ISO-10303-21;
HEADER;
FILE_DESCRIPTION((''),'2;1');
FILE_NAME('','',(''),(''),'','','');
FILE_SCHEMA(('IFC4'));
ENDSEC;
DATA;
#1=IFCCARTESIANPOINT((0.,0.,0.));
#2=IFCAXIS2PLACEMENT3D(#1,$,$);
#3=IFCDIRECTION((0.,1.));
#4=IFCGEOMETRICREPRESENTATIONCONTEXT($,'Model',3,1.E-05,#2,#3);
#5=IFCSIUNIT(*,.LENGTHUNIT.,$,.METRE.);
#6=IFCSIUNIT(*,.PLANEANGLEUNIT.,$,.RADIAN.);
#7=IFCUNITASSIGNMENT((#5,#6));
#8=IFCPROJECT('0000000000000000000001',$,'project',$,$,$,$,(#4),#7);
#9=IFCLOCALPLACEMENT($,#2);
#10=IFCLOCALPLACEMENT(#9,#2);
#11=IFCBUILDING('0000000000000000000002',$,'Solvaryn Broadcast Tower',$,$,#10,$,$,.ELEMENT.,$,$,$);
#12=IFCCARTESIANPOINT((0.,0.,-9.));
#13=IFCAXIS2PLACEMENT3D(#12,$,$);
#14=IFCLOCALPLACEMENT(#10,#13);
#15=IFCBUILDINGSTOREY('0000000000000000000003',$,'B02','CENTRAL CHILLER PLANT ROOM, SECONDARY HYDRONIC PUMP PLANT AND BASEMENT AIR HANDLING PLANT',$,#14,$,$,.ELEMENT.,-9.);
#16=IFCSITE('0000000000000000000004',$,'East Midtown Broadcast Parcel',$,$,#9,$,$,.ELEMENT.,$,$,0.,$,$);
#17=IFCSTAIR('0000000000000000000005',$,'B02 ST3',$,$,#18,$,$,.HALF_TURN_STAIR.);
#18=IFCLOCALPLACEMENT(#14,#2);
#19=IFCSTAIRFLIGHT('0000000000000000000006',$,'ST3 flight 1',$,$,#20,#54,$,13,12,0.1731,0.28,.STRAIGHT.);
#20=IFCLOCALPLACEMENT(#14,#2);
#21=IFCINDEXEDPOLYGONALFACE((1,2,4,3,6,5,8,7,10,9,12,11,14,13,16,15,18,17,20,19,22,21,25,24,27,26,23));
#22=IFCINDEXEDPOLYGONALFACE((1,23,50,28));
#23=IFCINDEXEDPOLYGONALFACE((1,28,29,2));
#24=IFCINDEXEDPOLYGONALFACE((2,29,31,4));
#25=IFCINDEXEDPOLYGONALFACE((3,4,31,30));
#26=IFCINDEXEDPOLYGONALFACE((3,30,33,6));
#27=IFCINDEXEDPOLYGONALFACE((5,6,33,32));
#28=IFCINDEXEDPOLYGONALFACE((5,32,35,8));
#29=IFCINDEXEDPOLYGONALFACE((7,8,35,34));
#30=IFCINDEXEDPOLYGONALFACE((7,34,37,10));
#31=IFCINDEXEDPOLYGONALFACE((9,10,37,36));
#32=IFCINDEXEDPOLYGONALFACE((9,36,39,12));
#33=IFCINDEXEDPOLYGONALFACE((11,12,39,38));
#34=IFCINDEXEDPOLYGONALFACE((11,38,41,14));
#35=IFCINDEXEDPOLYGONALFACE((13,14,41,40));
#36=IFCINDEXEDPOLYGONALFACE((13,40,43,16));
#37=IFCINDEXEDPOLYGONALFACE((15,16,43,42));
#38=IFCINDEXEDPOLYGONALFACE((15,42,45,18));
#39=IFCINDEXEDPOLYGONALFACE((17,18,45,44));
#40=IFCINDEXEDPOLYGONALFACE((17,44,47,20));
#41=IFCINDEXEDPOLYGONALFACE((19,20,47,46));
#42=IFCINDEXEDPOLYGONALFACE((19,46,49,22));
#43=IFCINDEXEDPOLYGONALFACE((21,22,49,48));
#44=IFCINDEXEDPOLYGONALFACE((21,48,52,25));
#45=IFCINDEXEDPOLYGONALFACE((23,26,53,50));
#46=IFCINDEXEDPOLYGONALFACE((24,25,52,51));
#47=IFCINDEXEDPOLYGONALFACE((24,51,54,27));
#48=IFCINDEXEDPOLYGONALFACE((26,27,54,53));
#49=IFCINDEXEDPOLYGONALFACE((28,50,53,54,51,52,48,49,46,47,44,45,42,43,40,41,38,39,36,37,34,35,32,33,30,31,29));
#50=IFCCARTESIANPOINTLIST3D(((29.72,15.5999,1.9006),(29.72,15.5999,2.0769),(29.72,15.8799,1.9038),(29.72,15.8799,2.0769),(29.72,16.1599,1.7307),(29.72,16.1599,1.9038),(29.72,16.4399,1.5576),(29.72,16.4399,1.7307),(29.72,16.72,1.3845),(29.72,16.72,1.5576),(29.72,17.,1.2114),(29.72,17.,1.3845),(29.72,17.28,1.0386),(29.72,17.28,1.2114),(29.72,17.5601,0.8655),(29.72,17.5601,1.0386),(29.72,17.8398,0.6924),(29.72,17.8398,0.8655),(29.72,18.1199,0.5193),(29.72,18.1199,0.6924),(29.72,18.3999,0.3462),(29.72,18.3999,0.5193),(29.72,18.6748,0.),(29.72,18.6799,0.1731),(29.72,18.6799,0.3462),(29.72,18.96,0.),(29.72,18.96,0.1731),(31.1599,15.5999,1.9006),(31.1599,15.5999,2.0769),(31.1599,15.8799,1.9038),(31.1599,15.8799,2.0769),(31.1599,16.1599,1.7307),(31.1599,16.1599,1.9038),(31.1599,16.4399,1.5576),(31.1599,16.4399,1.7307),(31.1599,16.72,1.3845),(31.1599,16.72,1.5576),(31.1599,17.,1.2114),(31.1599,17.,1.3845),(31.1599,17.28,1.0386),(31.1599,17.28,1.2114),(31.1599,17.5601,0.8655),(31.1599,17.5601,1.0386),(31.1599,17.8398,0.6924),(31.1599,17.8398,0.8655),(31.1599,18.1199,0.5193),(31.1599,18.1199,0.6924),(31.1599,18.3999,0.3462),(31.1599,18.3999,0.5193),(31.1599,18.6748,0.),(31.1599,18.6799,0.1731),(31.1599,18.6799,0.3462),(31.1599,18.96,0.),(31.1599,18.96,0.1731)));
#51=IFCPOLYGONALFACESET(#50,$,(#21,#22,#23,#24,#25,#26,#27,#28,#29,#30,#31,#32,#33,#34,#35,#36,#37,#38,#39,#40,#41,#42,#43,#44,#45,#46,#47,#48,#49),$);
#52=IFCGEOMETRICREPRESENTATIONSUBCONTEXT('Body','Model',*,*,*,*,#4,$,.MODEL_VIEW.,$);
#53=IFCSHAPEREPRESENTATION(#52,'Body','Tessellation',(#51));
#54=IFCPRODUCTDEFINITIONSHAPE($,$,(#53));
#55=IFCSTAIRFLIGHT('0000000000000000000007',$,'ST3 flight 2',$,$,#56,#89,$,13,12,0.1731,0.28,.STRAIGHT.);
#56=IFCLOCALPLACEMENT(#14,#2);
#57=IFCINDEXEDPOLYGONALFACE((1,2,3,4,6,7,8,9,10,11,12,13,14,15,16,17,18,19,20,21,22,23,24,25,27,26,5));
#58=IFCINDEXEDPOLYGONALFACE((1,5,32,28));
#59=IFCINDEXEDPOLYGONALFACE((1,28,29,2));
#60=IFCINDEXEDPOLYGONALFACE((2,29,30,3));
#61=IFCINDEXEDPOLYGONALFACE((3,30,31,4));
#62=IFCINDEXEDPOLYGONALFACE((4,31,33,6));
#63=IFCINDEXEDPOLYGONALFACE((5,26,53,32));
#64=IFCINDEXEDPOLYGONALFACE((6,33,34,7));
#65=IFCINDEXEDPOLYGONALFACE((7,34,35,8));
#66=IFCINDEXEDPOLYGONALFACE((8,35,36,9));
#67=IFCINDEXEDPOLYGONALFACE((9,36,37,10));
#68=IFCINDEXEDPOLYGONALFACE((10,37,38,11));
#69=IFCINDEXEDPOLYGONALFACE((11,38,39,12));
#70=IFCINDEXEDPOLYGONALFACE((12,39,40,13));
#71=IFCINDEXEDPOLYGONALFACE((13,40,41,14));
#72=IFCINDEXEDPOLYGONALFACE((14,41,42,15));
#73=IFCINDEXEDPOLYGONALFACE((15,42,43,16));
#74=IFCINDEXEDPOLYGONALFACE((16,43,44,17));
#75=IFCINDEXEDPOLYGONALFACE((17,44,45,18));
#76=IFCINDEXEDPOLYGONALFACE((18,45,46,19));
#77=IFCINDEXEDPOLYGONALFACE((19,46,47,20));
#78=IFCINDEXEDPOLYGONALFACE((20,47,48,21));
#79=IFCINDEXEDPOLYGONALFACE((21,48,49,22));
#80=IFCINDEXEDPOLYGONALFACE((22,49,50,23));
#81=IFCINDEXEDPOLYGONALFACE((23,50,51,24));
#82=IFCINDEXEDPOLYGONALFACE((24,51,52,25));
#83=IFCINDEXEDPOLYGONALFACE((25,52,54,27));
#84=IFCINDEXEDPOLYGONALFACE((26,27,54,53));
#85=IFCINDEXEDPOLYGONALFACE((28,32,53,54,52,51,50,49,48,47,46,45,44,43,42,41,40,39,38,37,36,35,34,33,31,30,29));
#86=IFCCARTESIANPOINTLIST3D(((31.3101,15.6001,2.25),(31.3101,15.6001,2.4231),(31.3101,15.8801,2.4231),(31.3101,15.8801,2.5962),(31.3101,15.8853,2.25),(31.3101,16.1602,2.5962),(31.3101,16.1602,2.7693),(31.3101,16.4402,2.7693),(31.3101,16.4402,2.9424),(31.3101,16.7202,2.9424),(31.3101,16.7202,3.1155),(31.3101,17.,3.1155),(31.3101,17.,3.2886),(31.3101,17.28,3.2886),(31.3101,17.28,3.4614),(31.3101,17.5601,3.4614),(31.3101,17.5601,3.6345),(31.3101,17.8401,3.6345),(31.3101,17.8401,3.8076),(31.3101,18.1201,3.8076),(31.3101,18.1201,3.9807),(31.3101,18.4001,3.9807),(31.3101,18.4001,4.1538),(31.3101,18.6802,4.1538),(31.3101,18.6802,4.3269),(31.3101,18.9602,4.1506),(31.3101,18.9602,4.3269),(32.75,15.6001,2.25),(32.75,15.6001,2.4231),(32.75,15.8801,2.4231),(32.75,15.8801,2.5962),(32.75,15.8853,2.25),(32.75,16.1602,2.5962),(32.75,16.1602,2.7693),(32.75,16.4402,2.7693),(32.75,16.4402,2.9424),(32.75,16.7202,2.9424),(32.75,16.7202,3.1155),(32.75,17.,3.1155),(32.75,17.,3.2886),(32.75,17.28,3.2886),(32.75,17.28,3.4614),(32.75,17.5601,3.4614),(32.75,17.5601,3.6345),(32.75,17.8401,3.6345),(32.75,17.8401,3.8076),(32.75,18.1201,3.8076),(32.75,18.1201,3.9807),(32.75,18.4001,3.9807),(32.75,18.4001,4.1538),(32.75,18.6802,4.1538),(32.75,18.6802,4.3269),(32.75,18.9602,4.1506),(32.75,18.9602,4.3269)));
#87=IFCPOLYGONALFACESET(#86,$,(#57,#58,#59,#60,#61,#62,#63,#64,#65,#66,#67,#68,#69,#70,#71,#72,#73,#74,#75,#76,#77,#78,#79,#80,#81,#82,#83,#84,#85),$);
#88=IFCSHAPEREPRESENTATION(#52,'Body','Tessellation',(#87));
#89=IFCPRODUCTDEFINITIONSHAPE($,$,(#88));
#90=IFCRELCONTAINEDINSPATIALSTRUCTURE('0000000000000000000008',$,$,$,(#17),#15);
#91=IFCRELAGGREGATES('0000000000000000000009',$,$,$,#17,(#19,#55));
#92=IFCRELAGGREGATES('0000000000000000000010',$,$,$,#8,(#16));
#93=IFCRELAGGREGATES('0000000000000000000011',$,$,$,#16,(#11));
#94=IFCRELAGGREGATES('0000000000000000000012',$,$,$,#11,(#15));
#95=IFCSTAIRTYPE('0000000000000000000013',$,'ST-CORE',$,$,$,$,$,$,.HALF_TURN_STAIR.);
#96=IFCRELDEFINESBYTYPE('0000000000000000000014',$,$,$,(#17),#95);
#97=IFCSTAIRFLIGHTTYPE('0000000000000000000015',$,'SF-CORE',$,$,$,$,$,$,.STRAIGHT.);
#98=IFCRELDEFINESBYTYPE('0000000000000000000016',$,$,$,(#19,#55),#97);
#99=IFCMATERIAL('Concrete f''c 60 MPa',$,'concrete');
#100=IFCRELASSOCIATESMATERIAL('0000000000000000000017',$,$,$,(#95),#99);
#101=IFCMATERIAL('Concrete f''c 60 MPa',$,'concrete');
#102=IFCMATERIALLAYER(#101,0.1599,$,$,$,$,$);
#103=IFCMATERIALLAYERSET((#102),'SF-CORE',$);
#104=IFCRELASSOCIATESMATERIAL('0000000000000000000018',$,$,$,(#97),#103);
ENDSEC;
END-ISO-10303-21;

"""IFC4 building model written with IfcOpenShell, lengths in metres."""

from ifc_helpers import new_model, si_unit, direction, frame, origin, place, context, subcontext, project, spatial, polyline, outline, extrude, material, layer, layer_set, type_object, element, aggregate, save


model = new_model("IFC4")

# Units and contexts
model_context = context("Model", 3, precision=1e-05, world=origin(), true_north=direction((0.0, 1.0)))
body_context = subcontext(model_context, "Body", "Model", "MODEL_VIEW")
ifc_project = project(units=[si_unit("LENGTHUNIT", "METRE"), si_unit("PLANEANGLEUNIT", "RADIAN")], contexts=[model_context])

# Site, building, storey
site_placement = place(None, origin())
site = spatial("IfcSite", under=ifc_project, at=site_placement, Name="East Midtown Broadcast Parcel", CompositionType="ELEMENT", RefElevation=0.0)
building_placement = place(site_placement, origin())
building = spatial("IfcBuilding", under=site, at=building_placement, Name="Solvaryn Broadcast Tower", CompositionType="ELEMENT")
storey_placement = place(building_placement, frame((0.0, 0.0, -9.0)))
storey = spatial("IfcBuildingStorey", under=building, at=storey_placement, Name="B02", Description="CENTRAL CHILLER PLANT ROOM, SECONDARY HYDRONIC PUMP PLANT AND BASEMENT AIR HANDLING PLANT", CompositionType="ELEMENT", Elevation=-9.0)

# Stair, stair flights
ifc_material_1 = material(Name="Concrete f'c 60 MPa", Category="concrete")
stair_type = type_object("IfcStairType", Name="ST-CORE", PredefinedType="HALF_TURN_STAIR", material=ifc_material_1)
stair_placement = place(storey_placement, origin())
stair = element("IfcStair", 1, at=stair_placement, inside=storey, type_object=stair_type, Name="B02 ST3", PredefinedType="HALF_TURN_STAIR")
ifc_material_2 = material(Name="Concrete f'c 60 MPa", Category="concrete")
ifc_layer_1 = layer(ifc_material_2, 0.1599)
ifc_layer_set_1 = layer_set([ifc_layer_1], Name="SF-CORE")
stair_flight_type = type_object("IfcStairFlightType", Name="SF-CORE", PredefinedType="STRAIGHT", material=ifc_layer_set_1)
stair_flight_1_placement = place(storey_placement, frame((30.4399, 18.96, 0.0), z_axis=(0.0, 0.0, 1.0), x_axis=(0.0, -1.0, 0.0)))
stair_flight_1 = element("IfcStairFlight", 2, at=stair_flight_1_placement, type_object=stair_flight_type, Name="ST3 flight 1", NumberOfRisers=13, NumberOfTreads=12, PredefinedType="STRAIGHT", RiserHeight=0.1731, TreadLength=0.28, context=body_context, shape_type="SweptSolid", body=[
    extrude(outline(polyline([(0.0, 0.0), (0.0, 0.1731), (0.28, 0.1731), (0.28, 0.3462), (0.5601, 0.3462), (0.5601, 0.5193), (0.8401, 0.5193), (0.8401, 0.6924), (1.1201, 0.6924), (1.1201, 0.8655), (1.3999, 0.8655), (1.3999, 1.0386), (1.6799, 1.0386), (1.6799, 1.2114), (1.96, 1.2114), (1.96, 1.3845), (2.24, 1.3845), (2.24, 1.5576), (2.52, 1.5576), (2.52, 1.7307), (2.8, 1.7307), (2.8, 1.9038), (3.0801, 1.9038), (3.0801, 2.0769), (3.3601, 2.0769), (3.3601, 2.25), (3.3601, 1.9006), (0.2852, 0.0), (0.0, 0.0)])), frame((0.0, 0.72, 0.0), z_axis=(0.0, -1.0, 0.0), x_axis=(1.0, 0.0, 0.0)), (0.0, 0.0, 1.0), 1.4399),
])
stair_flight_2_placement = place(storey_placement, frame((32.03, 15.6001, 2.25), z_axis=(0.0, 0.0, 1.0), x_axis=(0.0, 1.0, 0.0)))
stair_flight_2 = element("IfcStairFlight", 3, at=stair_flight_2_placement, type_object=stair_flight_type, Name="ST3 flight 2", NumberOfRisers=13, NumberOfTreads=12, PredefinedType="STRAIGHT", RiserHeight=0.1731, TreadLength=0.28, context=body_context, shape_type="SweptSolid", body=[
    extrude(outline(polyline([(0.0, 0.0), (0.0, 0.1731), (0.28, 0.1731), (0.28, 0.3462), (0.5601, 0.3462), (0.5601, 0.5193), (0.8401, 0.5193), (0.8401, 0.6924), (1.1201, 0.6924), (1.1201, 0.8655), (1.3999, 0.8655), (1.3999, 1.0386), (1.6799, 1.0386), (1.6799, 1.2114), (1.96, 1.2114), (1.96, 1.3845), (2.24, 1.3845), (2.24, 1.5576), (2.52, 1.5576), (2.52, 1.7307), (2.8, 1.7307), (2.8, 1.9038), (3.0801, 1.9038), (3.0801, 2.0769), (3.3601, 2.0769), (3.3601, 2.25), (3.3601, 1.9006), (0.2852, 0.0), (0.0, 0.0)])), frame((0.0, 0.72, 0.0), z_axis=(0.0, -1.0, 0.0), x_axis=(1.0, 0.0, 0.0)), (0.0, 0.0, 1.0), 1.4399),
])
aggregate(stair, [stair_flight_1, stair_flight_2])

save(model, "model.ifc")
